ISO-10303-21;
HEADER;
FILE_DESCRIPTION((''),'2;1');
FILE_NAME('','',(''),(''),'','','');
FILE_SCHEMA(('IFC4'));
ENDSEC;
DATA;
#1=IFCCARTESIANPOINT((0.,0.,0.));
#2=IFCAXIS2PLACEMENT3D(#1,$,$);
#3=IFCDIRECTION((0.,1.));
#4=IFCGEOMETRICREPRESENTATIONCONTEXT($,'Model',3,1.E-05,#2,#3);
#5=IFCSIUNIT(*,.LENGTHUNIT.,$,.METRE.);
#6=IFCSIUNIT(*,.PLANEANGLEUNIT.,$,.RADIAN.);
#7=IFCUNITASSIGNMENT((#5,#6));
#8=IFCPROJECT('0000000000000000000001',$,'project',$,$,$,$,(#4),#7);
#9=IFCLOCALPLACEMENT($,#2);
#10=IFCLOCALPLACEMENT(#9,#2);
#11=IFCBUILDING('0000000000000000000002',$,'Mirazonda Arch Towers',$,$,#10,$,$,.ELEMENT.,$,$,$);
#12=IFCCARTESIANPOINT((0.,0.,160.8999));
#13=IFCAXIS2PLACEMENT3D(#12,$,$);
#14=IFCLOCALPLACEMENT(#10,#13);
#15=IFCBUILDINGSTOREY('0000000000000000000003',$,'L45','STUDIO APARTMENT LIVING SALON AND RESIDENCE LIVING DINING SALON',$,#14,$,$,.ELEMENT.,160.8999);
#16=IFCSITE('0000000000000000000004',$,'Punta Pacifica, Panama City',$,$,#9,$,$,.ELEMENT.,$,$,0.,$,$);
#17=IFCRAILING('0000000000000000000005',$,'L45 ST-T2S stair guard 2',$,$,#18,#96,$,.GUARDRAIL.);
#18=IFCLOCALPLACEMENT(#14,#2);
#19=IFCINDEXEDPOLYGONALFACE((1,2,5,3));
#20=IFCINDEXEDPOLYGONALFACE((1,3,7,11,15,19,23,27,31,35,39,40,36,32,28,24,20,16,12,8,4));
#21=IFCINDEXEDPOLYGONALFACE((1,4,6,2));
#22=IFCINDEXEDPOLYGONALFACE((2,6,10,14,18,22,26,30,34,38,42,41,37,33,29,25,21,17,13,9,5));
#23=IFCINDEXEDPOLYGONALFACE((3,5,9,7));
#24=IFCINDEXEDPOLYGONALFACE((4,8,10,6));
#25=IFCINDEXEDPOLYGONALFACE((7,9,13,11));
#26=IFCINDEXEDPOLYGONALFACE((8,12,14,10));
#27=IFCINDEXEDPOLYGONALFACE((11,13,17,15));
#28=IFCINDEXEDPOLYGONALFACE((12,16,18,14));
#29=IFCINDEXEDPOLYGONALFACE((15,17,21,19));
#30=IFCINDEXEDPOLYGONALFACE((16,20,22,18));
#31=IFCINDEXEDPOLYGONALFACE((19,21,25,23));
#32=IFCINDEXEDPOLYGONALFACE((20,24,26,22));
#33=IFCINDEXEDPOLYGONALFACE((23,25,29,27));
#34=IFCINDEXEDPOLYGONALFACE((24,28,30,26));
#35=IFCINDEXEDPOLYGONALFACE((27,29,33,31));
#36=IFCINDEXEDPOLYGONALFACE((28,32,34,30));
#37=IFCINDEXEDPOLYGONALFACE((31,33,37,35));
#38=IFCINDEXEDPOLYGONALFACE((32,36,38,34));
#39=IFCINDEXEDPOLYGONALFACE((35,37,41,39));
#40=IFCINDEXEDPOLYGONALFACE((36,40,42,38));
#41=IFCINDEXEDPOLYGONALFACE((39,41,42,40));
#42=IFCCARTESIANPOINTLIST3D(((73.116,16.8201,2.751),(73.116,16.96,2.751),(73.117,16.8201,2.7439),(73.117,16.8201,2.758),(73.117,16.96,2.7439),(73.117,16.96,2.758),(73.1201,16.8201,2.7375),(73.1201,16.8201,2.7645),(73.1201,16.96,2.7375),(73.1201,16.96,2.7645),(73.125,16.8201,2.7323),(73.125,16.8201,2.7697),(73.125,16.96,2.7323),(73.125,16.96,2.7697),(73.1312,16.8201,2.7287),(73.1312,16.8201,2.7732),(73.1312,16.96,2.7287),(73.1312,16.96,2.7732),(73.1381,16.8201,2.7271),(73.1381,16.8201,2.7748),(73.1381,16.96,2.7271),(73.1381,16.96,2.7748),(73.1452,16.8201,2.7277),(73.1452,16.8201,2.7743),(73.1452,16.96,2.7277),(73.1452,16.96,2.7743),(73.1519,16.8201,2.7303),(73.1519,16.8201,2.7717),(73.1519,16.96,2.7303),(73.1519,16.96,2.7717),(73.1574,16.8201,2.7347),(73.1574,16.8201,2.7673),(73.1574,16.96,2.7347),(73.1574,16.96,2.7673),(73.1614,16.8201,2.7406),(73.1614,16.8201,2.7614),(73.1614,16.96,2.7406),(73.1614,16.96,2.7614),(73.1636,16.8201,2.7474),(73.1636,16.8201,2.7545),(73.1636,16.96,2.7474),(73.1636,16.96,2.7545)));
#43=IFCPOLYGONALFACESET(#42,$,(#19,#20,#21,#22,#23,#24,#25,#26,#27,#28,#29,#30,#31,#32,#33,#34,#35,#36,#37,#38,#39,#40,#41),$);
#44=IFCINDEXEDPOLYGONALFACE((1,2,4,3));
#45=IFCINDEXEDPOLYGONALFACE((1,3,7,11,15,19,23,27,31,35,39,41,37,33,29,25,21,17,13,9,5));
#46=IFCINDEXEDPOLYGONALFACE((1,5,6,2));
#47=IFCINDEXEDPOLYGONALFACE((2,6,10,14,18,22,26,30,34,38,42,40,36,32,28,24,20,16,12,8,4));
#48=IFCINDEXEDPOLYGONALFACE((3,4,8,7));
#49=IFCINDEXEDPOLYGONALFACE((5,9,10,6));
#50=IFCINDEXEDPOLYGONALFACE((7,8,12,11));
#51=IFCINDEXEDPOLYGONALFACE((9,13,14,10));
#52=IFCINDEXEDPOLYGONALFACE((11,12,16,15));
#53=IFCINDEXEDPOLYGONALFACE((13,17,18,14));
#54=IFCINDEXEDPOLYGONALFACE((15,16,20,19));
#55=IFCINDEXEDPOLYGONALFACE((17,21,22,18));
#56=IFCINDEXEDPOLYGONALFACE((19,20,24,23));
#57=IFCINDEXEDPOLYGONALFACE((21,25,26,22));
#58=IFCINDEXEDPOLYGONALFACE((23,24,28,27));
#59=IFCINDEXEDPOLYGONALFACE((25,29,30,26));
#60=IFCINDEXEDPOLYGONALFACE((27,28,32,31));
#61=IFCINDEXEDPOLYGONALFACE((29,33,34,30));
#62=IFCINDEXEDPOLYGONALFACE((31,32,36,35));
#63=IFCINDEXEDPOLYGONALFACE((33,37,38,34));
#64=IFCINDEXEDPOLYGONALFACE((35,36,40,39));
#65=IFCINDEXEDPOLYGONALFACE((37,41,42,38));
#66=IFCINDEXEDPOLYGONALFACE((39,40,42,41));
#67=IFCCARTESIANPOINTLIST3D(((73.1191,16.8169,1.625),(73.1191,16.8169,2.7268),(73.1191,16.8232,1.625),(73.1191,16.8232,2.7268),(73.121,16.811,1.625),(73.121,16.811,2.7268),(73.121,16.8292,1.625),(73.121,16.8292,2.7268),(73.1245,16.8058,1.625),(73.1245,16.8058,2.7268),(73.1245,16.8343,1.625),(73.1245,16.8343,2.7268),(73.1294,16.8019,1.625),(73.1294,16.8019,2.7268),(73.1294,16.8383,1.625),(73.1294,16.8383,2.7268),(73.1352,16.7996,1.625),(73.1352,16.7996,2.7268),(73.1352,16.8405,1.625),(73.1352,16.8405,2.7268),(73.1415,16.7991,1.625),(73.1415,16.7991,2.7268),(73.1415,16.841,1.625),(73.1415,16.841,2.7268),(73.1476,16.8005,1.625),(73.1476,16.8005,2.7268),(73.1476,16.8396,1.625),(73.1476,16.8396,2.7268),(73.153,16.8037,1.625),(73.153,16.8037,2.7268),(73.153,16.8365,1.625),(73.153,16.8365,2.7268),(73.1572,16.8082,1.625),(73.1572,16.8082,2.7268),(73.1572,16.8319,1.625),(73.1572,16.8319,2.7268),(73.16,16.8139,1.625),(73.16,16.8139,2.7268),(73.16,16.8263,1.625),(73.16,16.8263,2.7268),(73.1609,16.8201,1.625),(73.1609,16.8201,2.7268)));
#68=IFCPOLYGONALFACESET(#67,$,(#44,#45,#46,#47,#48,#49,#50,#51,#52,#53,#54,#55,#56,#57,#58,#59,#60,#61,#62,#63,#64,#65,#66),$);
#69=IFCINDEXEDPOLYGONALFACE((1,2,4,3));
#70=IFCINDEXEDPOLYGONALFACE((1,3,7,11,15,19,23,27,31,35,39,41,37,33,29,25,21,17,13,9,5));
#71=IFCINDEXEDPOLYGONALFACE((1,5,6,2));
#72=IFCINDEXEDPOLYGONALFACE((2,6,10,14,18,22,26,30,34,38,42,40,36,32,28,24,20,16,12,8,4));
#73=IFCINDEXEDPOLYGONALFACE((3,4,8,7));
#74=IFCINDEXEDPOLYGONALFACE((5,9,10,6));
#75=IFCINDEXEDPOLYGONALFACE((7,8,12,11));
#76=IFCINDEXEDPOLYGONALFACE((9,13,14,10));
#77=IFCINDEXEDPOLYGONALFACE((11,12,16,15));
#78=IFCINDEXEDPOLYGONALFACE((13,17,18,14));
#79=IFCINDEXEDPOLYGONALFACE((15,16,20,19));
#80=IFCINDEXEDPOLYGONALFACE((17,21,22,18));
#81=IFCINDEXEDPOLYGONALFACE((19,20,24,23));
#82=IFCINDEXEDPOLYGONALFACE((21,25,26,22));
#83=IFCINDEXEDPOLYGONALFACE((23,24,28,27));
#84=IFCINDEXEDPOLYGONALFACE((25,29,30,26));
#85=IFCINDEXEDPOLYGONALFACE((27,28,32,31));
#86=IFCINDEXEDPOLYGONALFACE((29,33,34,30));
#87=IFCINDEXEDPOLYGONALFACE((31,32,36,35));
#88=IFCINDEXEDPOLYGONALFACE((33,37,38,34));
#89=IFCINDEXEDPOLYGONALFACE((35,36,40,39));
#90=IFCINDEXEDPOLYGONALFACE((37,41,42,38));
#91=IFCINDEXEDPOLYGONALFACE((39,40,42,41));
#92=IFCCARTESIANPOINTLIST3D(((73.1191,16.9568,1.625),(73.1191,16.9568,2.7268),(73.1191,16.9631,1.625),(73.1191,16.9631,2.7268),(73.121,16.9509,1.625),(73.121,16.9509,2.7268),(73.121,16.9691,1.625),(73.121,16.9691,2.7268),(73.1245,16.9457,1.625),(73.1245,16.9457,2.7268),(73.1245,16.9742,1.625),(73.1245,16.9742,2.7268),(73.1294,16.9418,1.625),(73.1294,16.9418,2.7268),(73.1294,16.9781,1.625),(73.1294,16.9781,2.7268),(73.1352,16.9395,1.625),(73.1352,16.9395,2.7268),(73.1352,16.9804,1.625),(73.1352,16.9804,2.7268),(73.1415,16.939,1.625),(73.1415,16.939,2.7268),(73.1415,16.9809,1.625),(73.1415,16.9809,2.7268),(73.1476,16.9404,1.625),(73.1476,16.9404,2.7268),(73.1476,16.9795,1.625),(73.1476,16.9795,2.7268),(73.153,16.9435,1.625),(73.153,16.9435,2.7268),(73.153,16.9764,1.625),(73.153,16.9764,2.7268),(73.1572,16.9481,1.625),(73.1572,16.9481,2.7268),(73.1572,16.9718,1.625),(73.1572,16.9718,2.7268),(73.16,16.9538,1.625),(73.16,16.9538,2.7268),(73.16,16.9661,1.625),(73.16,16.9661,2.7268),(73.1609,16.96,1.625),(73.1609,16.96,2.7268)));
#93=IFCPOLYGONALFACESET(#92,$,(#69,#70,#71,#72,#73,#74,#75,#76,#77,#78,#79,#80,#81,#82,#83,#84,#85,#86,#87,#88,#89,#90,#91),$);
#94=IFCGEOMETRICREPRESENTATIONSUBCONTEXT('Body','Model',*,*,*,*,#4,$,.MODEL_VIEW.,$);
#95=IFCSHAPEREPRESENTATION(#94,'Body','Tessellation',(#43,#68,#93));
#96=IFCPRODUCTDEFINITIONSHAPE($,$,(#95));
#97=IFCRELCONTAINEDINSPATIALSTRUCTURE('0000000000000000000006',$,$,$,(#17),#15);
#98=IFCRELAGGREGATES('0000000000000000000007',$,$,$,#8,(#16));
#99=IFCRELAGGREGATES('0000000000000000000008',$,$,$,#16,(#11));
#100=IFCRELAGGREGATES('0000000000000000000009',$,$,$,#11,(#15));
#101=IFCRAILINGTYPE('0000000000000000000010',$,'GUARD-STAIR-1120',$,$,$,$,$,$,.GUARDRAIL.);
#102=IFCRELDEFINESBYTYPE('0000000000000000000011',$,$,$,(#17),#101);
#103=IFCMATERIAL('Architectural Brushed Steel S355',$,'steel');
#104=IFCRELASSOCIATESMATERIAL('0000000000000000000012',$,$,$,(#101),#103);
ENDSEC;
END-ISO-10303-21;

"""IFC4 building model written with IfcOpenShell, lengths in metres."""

from ifc_helpers import new_model, si_unit, direction, frame, origin, origin_2d, place, context, subcontext, project, spatial, circle, extrude, material, type_object, element, save


model = new_model("IFC4")

# Units and contexts
model_context = context("Model", 3, precision=1e-05, world=origin(), true_north=direction((0.0, 1.0)))
body_context = subcontext(model_context, "Body", "Model", "MODEL_VIEW")
ifc_project = project(units=[si_unit("LENGTHUNIT", "METRE"), si_unit("PLANEANGLEUNIT", "RADIAN")], contexts=[model_context])

# Site, building, storey
site_placement = place(None, origin())
site = spatial("IfcSite", under=ifc_project, at=site_placement, Name="Punta Pacifica, Panama City", CompositionType="ELEMENT", RefElevation=0.0)
building_placement = place(site_placement, origin())
building = spatial("IfcBuilding", under=site, at=building_placement, Name="Mirazonda Arch Towers", CompositionType="ELEMENT")
storey_placement = place(building_placement, frame((0.0, 0.0, 160.8999)))
storey = spatial("IfcBuildingStorey", under=building, at=storey_placement, Name="L45", Description="STUDIO APARTMENT LIVING SALON AND RESIDENCE LIVING DINING SALON", CompositionType="ELEMENT", Elevation=160.8999)

# Railing
ifc_material_1 = material(Name="Architectural Brushed Steel S355", Category="steel")
railing_type_1 = type_object("IfcRailingType", Name="GUARD-STAIR-1120", PredefinedType="GUARDRAIL", material=ifc_material_1)
railing_1_placement = place(storey_placement, frame((73.1399, 16.8201, 1.625)))
element("IfcRailing", 1, at=railing_1_placement, inside=storey, type_object=railing_type_1, Name="L45 ST-T2S stair guard 2", PredefinedType="GUARDRAIL", context=body_context, shape_type="SweptSolid", body=[
    extrude(circle(Radius=0.0239, at=origin_2d()), frame((0.0, 0.0, 1.126), z_axis=(0.0, 1.0, 0.0), x_axis=(-1.0, 0.0, 0.0)), (0.0, 0.0, 1.0), 0.1399),
    extrude(circle(Radius=0.021, at=origin_2d()), origin(), (0.0, 0.0, 1.0), 1.1018),
    extrude(circle(Radius=0.021, at=origin_2d()), frame((0.0, 0.1399, 0.0)), (0.0, 0.0, 1.0), 1.1018),
])

save(model, "model.ifc")
